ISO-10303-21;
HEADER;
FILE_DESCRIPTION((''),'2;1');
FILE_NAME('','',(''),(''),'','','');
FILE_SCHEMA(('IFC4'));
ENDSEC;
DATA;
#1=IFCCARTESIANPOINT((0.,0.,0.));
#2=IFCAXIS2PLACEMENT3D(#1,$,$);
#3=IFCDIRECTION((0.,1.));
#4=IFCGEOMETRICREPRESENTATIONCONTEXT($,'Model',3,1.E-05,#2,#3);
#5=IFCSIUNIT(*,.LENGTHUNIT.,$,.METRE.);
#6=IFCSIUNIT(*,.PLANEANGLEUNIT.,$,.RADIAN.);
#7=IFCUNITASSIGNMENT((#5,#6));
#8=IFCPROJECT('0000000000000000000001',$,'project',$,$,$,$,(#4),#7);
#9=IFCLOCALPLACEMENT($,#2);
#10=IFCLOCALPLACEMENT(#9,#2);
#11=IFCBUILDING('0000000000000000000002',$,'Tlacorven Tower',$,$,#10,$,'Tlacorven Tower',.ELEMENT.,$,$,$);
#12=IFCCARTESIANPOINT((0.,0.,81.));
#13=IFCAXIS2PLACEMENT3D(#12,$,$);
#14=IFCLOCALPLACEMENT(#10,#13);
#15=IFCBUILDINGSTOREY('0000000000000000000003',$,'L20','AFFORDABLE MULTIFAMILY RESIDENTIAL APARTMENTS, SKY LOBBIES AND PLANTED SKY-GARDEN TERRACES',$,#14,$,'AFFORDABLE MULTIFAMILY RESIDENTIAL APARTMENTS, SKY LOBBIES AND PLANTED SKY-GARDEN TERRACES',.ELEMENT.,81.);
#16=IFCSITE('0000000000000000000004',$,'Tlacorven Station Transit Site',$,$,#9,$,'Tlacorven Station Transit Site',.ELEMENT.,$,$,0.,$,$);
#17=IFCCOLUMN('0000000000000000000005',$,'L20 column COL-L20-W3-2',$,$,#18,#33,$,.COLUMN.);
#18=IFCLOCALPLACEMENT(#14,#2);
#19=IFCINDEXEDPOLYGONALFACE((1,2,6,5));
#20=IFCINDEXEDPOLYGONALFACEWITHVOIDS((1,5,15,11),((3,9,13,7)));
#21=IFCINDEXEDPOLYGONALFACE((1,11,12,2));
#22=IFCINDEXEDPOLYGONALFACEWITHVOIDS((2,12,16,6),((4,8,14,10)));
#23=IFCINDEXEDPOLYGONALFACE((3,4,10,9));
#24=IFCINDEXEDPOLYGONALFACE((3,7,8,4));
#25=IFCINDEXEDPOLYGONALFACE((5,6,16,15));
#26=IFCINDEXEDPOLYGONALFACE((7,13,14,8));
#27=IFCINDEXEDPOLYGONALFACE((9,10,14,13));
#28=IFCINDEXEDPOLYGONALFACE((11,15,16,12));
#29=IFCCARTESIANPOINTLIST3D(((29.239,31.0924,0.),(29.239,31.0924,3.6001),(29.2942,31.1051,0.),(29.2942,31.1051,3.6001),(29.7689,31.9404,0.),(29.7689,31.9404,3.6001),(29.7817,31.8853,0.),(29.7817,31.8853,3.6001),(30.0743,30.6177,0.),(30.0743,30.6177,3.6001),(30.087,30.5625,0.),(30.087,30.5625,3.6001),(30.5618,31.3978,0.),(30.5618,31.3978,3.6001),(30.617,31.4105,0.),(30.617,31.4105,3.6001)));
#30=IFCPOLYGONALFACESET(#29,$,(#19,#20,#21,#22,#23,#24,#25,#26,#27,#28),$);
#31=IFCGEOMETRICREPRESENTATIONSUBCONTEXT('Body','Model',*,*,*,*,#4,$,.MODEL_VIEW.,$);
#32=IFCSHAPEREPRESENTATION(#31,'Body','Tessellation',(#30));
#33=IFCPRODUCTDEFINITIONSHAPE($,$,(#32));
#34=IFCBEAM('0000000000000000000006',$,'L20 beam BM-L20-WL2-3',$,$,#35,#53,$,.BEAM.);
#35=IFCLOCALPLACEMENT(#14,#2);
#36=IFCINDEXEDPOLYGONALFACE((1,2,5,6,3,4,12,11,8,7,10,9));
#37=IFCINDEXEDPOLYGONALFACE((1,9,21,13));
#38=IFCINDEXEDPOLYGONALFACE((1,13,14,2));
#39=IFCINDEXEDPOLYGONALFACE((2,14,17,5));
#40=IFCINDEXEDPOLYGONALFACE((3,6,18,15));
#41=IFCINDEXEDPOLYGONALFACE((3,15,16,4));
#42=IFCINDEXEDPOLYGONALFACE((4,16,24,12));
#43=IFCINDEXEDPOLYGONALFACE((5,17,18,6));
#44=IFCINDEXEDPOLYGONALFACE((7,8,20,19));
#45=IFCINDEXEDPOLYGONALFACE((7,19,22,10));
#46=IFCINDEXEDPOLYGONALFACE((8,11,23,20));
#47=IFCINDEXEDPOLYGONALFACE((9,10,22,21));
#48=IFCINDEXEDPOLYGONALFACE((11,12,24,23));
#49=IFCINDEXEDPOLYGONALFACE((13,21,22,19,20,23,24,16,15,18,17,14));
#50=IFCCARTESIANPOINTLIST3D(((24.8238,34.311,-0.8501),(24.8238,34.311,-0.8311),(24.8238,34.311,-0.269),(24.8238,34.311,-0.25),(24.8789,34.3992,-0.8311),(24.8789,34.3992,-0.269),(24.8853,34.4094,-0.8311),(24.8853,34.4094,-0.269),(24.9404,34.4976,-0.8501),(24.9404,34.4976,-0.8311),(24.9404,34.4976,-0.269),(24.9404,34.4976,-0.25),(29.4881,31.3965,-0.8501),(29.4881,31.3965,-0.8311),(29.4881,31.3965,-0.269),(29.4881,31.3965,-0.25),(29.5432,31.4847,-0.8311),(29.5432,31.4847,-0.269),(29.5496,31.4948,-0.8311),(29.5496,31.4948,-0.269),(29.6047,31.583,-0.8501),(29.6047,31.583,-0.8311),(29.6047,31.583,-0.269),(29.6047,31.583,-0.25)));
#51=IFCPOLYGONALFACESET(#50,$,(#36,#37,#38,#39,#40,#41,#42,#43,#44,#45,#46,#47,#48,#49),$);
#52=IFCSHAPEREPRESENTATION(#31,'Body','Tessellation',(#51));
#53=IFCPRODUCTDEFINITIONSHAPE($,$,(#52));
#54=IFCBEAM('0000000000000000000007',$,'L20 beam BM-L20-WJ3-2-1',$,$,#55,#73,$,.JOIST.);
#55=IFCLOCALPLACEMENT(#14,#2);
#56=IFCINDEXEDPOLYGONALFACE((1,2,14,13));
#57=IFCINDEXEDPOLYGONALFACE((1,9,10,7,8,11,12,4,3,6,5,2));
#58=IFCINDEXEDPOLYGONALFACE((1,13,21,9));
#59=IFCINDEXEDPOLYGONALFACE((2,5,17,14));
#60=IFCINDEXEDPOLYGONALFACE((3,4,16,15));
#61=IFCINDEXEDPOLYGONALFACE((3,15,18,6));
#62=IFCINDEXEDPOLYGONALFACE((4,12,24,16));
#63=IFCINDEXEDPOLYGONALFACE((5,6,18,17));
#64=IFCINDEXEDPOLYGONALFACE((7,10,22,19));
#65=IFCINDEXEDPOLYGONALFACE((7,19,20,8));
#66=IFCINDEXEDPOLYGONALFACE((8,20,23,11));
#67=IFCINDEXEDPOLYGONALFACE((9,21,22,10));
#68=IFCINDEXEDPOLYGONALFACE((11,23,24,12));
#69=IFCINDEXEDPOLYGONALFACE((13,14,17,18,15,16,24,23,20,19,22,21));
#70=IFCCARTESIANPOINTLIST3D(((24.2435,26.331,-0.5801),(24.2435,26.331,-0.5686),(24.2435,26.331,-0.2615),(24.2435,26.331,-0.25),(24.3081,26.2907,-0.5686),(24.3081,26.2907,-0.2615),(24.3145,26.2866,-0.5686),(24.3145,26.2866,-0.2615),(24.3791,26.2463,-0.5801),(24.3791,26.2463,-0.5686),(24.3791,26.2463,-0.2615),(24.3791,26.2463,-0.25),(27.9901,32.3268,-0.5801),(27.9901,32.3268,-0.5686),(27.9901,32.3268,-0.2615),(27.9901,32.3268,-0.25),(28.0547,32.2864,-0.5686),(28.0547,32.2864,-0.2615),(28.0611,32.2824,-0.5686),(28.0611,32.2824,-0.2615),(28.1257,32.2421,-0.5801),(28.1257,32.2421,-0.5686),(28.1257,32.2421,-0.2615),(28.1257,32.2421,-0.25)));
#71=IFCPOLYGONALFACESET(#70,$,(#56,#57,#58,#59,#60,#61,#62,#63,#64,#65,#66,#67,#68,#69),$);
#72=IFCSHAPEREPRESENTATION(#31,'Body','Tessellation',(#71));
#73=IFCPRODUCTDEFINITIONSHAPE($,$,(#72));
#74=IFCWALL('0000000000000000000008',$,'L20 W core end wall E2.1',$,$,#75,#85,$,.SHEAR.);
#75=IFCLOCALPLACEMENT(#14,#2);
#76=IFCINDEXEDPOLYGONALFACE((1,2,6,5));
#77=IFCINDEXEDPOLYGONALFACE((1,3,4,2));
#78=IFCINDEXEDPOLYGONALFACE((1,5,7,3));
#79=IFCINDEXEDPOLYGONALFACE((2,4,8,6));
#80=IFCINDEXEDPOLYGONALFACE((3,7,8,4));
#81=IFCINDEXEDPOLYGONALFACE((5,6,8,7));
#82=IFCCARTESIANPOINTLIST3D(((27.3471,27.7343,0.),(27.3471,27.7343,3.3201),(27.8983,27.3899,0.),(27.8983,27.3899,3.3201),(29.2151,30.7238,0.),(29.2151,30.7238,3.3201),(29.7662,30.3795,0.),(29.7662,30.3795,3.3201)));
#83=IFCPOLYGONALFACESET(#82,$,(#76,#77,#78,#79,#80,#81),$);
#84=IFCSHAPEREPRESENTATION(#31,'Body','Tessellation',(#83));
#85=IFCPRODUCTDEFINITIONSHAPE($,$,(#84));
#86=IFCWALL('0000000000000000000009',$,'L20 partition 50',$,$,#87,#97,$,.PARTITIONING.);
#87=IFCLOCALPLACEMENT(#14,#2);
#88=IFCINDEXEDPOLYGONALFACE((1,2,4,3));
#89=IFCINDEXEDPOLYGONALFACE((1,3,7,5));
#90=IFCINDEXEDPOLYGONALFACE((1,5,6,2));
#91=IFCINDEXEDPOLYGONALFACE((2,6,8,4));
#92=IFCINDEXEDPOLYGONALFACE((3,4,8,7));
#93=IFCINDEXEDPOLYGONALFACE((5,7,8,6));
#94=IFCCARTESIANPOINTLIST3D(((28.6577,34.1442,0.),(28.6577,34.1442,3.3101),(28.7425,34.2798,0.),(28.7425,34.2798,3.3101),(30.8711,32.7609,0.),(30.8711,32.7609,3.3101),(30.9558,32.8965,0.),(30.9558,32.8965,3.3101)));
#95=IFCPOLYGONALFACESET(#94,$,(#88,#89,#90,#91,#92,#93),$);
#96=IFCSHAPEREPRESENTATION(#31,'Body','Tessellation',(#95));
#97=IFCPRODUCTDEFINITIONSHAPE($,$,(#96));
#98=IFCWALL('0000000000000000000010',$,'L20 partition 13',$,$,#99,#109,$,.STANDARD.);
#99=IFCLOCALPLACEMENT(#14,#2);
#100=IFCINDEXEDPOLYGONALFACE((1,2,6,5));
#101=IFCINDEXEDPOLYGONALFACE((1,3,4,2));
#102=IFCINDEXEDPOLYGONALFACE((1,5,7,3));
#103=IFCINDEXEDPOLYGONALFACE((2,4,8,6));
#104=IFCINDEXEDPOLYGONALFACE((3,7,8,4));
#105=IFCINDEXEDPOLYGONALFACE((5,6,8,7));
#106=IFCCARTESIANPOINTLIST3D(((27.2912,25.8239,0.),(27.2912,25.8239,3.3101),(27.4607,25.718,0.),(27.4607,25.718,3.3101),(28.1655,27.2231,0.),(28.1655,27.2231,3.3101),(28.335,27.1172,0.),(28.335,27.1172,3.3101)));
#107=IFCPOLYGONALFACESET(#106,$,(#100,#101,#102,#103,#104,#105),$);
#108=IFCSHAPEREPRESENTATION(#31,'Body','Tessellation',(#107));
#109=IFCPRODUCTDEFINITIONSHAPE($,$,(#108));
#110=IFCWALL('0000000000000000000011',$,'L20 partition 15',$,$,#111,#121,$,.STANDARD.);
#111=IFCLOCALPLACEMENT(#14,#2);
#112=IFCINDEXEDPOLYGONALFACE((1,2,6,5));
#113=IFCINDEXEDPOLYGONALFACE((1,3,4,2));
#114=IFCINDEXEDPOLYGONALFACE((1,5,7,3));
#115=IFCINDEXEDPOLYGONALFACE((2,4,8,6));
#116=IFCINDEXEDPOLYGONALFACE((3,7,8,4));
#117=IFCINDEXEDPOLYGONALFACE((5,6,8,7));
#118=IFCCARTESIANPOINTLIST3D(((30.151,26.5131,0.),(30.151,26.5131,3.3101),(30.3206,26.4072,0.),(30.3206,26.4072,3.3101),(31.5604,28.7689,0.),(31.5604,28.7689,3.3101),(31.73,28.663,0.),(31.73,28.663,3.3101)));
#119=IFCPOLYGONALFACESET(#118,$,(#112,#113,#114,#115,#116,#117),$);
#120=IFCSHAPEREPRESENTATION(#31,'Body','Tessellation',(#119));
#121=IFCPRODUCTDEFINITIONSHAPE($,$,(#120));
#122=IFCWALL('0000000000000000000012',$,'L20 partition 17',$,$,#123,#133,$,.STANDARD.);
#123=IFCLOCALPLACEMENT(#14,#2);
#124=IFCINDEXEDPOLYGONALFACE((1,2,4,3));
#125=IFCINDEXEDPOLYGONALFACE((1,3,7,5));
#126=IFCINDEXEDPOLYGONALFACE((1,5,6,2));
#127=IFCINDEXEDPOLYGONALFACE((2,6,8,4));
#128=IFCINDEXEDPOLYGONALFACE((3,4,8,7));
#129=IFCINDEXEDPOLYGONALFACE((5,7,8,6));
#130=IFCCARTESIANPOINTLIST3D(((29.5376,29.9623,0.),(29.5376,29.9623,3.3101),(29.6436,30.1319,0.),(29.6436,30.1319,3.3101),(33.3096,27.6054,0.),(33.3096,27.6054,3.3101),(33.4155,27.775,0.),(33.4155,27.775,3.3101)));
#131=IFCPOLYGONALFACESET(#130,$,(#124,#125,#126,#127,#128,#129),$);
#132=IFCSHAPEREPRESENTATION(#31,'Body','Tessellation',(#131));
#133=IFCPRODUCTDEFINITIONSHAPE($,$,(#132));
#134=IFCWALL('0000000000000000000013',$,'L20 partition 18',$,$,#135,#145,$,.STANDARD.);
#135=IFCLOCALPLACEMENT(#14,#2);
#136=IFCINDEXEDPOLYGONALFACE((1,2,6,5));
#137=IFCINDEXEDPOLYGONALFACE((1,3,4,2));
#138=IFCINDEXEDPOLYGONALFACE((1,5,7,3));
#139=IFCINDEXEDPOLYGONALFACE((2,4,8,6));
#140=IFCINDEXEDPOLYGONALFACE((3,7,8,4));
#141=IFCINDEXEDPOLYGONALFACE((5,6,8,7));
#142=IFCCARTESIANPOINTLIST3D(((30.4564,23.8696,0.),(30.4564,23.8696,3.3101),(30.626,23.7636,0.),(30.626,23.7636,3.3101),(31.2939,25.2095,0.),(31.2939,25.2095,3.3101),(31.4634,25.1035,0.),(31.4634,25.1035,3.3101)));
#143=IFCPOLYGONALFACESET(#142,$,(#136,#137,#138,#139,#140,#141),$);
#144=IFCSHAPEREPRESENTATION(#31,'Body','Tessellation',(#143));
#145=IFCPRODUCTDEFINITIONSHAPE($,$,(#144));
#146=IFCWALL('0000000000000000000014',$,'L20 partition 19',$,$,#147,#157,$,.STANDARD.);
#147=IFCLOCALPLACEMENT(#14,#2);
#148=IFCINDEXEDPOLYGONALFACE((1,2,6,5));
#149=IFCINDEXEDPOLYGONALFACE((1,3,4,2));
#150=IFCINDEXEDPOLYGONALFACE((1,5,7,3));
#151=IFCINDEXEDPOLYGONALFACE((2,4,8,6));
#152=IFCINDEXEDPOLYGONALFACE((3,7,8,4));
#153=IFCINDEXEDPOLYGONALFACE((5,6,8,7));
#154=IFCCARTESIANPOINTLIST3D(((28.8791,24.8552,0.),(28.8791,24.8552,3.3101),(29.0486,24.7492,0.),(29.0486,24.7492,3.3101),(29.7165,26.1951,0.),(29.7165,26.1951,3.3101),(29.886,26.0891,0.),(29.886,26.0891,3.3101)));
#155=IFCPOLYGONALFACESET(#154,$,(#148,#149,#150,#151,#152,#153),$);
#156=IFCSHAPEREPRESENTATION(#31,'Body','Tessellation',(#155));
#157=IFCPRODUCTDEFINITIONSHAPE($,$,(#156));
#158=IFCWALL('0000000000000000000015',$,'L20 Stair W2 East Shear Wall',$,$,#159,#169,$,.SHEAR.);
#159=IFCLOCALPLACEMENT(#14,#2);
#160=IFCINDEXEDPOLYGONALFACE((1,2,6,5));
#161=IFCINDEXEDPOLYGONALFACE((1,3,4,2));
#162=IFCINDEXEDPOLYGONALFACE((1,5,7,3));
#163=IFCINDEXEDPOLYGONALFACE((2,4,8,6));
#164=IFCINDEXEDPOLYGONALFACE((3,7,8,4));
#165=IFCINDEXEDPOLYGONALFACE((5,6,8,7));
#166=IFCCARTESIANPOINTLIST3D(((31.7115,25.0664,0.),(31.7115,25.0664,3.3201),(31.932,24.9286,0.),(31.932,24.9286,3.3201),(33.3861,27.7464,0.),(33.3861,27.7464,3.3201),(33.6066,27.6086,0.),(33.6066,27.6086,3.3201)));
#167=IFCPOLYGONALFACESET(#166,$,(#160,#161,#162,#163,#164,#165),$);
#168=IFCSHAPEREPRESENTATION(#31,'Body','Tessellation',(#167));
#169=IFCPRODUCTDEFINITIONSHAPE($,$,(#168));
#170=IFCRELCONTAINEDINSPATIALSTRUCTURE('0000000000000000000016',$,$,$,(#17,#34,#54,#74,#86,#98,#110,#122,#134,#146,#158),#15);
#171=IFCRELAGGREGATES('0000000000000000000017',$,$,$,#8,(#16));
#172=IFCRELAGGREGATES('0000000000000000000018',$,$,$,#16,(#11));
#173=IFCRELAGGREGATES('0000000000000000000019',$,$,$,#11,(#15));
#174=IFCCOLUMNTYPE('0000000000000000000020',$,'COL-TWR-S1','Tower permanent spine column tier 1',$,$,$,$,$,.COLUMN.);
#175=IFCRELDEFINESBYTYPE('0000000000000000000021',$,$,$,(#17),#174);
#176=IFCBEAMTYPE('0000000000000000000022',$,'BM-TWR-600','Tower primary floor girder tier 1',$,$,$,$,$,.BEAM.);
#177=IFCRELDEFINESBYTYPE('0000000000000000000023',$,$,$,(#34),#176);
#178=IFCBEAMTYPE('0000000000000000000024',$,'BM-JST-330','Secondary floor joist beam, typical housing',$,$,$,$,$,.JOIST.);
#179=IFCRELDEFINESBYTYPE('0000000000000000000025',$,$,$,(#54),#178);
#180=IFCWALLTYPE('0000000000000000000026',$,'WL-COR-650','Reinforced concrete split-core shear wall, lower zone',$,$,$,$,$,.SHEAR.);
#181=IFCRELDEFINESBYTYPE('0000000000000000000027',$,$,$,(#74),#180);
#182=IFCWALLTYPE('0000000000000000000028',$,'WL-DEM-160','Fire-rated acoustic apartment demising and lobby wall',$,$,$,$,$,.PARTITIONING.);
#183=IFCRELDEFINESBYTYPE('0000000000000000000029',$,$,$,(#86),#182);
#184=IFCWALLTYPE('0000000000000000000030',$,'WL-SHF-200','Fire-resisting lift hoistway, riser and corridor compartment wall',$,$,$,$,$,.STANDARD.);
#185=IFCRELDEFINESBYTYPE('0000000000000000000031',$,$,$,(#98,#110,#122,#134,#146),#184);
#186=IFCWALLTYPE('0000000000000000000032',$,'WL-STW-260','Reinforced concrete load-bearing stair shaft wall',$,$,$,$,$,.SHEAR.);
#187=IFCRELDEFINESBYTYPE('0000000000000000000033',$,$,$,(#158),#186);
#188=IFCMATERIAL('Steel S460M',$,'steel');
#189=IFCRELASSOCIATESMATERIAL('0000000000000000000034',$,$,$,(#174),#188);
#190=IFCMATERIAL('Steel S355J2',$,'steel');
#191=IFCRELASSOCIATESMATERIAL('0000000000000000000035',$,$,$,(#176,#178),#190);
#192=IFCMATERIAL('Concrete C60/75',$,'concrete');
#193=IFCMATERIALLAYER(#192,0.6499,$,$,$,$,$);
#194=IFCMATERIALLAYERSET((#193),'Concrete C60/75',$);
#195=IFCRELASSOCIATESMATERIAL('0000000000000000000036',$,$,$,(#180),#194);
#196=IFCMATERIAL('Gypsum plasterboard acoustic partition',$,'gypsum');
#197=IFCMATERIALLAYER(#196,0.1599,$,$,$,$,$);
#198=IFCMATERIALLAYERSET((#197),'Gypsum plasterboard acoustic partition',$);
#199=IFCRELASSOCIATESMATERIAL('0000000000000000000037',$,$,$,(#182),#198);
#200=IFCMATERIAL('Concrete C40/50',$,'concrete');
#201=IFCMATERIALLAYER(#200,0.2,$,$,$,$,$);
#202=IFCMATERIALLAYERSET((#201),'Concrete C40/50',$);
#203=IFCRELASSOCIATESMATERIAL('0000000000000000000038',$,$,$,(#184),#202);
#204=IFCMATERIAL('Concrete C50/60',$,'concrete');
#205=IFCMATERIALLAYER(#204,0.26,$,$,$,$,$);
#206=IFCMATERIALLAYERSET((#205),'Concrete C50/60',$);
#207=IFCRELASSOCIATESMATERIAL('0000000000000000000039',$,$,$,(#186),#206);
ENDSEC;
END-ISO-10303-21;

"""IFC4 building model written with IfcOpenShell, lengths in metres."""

from ifc_helpers import new_model, si_unit, direction, frame, frame_2d, origin, origin_2d, place, context, subcontext, project, spatial, rectangle, hollow_rectangle, i_section, extrude, source, transform, mapped, material, layer, layer_set, material_profile, profile_set, type_object, element, save


model = new_model("IFC4")

# Units and contexts
model_context = context("Model", 3, precision=1e-05, world=origin(), true_north=direction((0.0, 1.0)))
body_context = subcontext(model_context, "Body", "Model", "MODEL_VIEW")
ifc_project = project(units=[si_unit("LENGTHUNIT", "METRE"), si_unit("PLANEANGLEUNIT", "RADIAN")], contexts=[model_context])

# Site, building, storey
site_placement = place(None, origin())
site = spatial("IfcSite", under=ifc_project, at=site_placement, Name="Tlacorven Station Transit Site", LongName="Tlacorven Station Transit Site", CompositionType="ELEMENT", RefElevation=0.0)
building_placement = place(site_placement, origin())
building = spatial("IfcBuilding", under=site, at=building_placement, Name="Tlacorven Tower", LongName="Tlacorven Tower", CompositionType="ELEMENT")
storey_placement = place(building_placement, frame((0.0, 0.0, 81.0)))
storey = spatial("IfcBuildingStorey", under=building, at=storey_placement, Name="L20", Description="AFFORDABLE MULTIFAMILY RESIDENTIAL APARTMENTS, SKY LOBBIES AND PLANTED SKY-GARDEN TERRACES", LongName="AFFORDABLE MULTIFAMILY RESIDENTIAL APARTMENTS, SKY LOBBIES AND PLANTED SKY-GARDEN TERRACES", CompositionType="ELEMENT", Elevation=81.0)

# Column
ifc_material_1 = material(Name="Steel S460M", Category="steel")
ifc_material_profile_1 = material_profile(ifc_material_1, hollow_rectangle(XDim=1.0, YDim=1.0, WallThickness=0.04, at=origin_2d()), Name="BOX 1000X1000X40")
ifc_profile_set_1 = profile_set([ifc_material_profile_1], Name="Steel S460M")
column_type = type_object("IfcColumnType", Name="COL-TWR-S1", Description="Tower permanent spine column tier 1", PredefinedType="COLUMN", material=ifc_profile_set_1)
shared_shape_1 = source(origin(), body_context, "Body", "SweptSolid", [
    extrude(hollow_rectangle(XDim=1.0, YDim=1.0, WallThickness=0.04, at=origin_2d()), origin(), (0.0, 0.0, 1.0), 3.6001),
])
column_placement = place(storey_placement, frame((29.928, 31.2515, 0.0), z_axis=(0.0, 0.0, 1.0), x_axis=(-0.848048, 0.529919, 0.0)))
element("IfcColumn", 1, at=column_placement, inside=storey, type_object=column_type, Name="L20 column COL-L20-W3-2", PredefinedType="COLUMN", context=body_context, shape_type="MappedRepresentation", body=[
    mapped(shared_shape_1, transform((0.0, 0.0, 0.0), scale=1.0)),
])

# Beams
ifc_material_2 = material(Name="Steel S355J2", Category="steel")
ifc_material_profile_2 = material_profile(ifc_material_2, i_section(OverallWidth=0.22, OverallDepth=0.6001, WebThickness=0.012, FlangeThickness=0.019, at=origin_2d()), Name="IPE 600")
ifc_profile_set_2 = profile_set([ifc_material_profile_2], Name="Steel S355J2")
beam_type_1 = type_object("IfcBeamType", Name="BM-TWR-600", Description="Tower primary floor girder tier 1", PredefinedType="BEAM", material=ifc_profile_set_2)
shared_shape_2 = source(origin(), body_context, "Body", "SweptSolid", [
    extrude(i_section(OverallWidth=0.22, OverallDepth=0.6001, WebThickness=0.012, FlangeThickness=0.019, at=origin_2d()), origin(), (0.0, 0.0, 1.0), 5.5),
])
beam_1_placement = place(storey_placement, frame((29.5464, 31.4897, -0.55), z_axis=(-0.848051, 0.529915, 0.0), x_axis=(-0.529915, -0.848051, 0.0)))
element("IfcBeam", 2, at=beam_1_placement, inside=storey, type_object=beam_type_1, Name="L20 beam BM-L20-WL2-3", PredefinedType="BEAM", context=body_context, shape_type="MappedRepresentation", body=[
    mapped(shared_shape_2, transform((0.0, 0.0, 0.0), scale=1.0)),
])
ifc_material_profile_3 = material_profile(ifc_material_2, i_section(OverallWidth=0.1599, OverallDepth=0.3301, WebThickness=0.0076, FlangeThickness=0.0115, at=origin_2d()), Name="IPE 330")
ifc_profile_set_3 = profile_set([ifc_material_profile_3], Name="Steel S355J2")
beam_type_2 = type_object("IfcBeamType", Name="BM-JST-330", Description="Secondary floor joist beam, typical housing", PredefinedType="JOIST", material=ifc_profile_set_3)
shared_shape_3 = source(origin(), body_context, "Body", "SweptSolid", [
    extrude(i_section(OverallWidth=0.1599, OverallDepth=0.3301, WebThickness=0.0076, FlangeThickness=0.0115, at=origin_2d()), origin(), (0.0, 0.0, 1.0), 7.0701),
])
beam_2_placement = place(storey_placement, frame((28.0579, 32.2844, -0.415), z_axis=(-0.529915, -0.848051, 0.0), x_axis=(0.848051, -0.529915, 0.0)))
element("IfcBeam", 3, at=beam_2_placement, inside=storey, type_object=beam_type_2, Name="L20 beam BM-L20-WJ3-2-1", PredefinedType="JOIST", context=body_context, shape_type="MappedRepresentation", body=[
    mapped(shared_shape_3, transform((0.0, 0.0, 0.0), scale=1.0)),
])

# Walls
ifc_material_3 = material(Name="Concrete C60/75", Category="concrete")
ifc_layer_1 = layer(ifc_material_3, 0.6499)
ifc_layer_set_1 = layer_set([ifc_layer_1], Name="Concrete C60/75")
wall_type_1 = type_object("IfcWallType", Name="WL-COR-650", Description="Reinforced concrete split-core shear wall, lower zone", PredefinedType="SHEAR", material=ifc_layer_set_1)
wall_1_placement = place(storey_placement, frame((29.4907, 30.5518, 0.0), z_axis=(0.0, 0.0, 1.0), x_axis=(-0.529893, -0.848064, 0.0)))
element("IfcWall", 4, at=wall_1_placement, inside=storey, type_object=wall_type_1, Name="L20 W core end wall E2.1", PredefinedType="SHEAR", context=body_context, shape_type="SweptSolid", body=[
    extrude(rectangle(XDim=3.5251, YDim=0.6499, at=frame_2d((1.7627, 0.0))), origin(), (0.0, 0.0, 1.0), 3.3201),
])
ifc_material_4 = material(Name="Gypsum plasterboard acoustic partition", Category="gypsum")
ifc_layer_2 = layer(ifc_material_4, 0.1599)
ifc_layer_set_2 = layer_set([ifc_layer_2], Name="Gypsum plasterboard acoustic partition")
wall_type_2 = type_object("IfcWallType", Name="WL-DEM-160", Description="Fire-rated acoustic apartment demising and lobby wall", PredefinedType="PARTITIONING", material=ifc_layer_set_2)
wall_2_placement = place(storey_placement, frame((30.9136, 32.8286, 0.0), z_axis=(0.0, 0.0, 1.0), x_axis=(-0.848009, 0.529982, 0.0)))
element("IfcWall", 5, at=wall_2_placement, inside=storey, type_object=wall_type_2, Name="L20 partition 50", PredefinedType="PARTITIONING", context=body_context, shape_type="SweptSolid", body=[
    extrude(rectangle(XDim=2.6101, YDim=0.1599, at=frame_2d((1.3052, 0.0))), origin(), (0.0, 0.0, 1.0), 3.3101),
])
ifc_material_5 = material(Name="Concrete C40/50", Category="concrete")
ifc_layer_3 = layer(ifc_material_5, 0.2)
ifc_layer_set_3 = layer_set([ifc_layer_3], Name="Concrete C40/50")
wall_type_3 = type_object("IfcWallType", Name="WL-SHF-200", Description="Fire-resisting lift hoistway, riser and corridor compartment wall", PredefinedType="STANDARD", material=ifc_layer_set_3)
wall_3_placement = place(storey_placement, frame((28.2502, 27.1702, 0.0), z_axis=(0.0, 0.0, 1.0), x_axis=(-0.529906, -0.848056, 0.0)))
element("IfcWall", 6, at=wall_3_placement, inside=storey, type_object=wall_type_3, Name="L20 partition 13", PredefinedType="STANDARD", context=body_context, shape_type="SweptSolid", body=[
    extrude(rectangle(XDim=1.6499, YDim=0.2, at=frame_2d((0.825, 0.0))), origin(), (0.0, 0.0, 1.0), 3.3101),
])
wall_4_placement = place(storey_placement, frame((31.6453, 28.7161, 0.0), z_axis=(0.0, 0.0, 1.0), x_axis=(-0.529867, -0.848081, 0.0)))
element("IfcWall", 7, at=wall_4_placement, inside=storey, type_object=wall_type_3, Name="L20 partition 15", PredefinedType="STANDARD", context=body_context, shape_type="SweptSolid", body=[
    extrude(rectangle(XDim=2.6599, YDim=0.2, at=frame_2d((1.3301, 0.0))), origin(), (0.0, 0.0, 1.0), 3.3101),
])
wall_5_placement = place(storey_placement, frame((33.3625, 27.6902, 0.0), z_axis=(0.0, 0.0, 1.0), x_axis=(-0.848054, 0.52991, 0.0)))
element("IfcWall", 8, at=wall_5_placement, inside=storey, type_object=wall_type_3, Name="L20 partition 17", PredefinedType="STANDARD", context=body_context, shape_type="SweptSolid", body=[
    extrude(rectangle(XDim=4.4478, YDim=0.2, at=frame_2d((2.2239, 0.0))), origin(), (0.0, 0.0, 1.0), 3.3101),
])
for number, where, z_axis, x_axis, name in (
    (9, (31.3787, 25.1565, 0.0), (0.0, 0.0, 1.0), (-0.529999, -0.847998, 0.0), "L20 partition 18"),
    (10, (29.8013, 26.1421, 0.0), (0.0, 0.0, 1.0), (-0.529999, -0.847998, 0.0), "L20 partition 19"),
):
    element("IfcWall", number, at=place(storey_placement, frame(where, z_axis=z_axis, x_axis=x_axis)), inside=storey, type_object=wall_type_3, Name=name, PredefinedType="STANDARD", context=body_context, shape_type="SweptSolid", body=[
        extrude(rectangle(XDim=1.5801, YDim=0.2, at=frame_2d((0.79, 0.0))), origin(), (0.0, 0.0, 1.0), 3.3101),
    ])
ifc_material_6 = material(Name="Concrete C50/60", Category="concrete")
ifc_layer_4 = layer(ifc_material_6, 0.26)
ifc_layer_set_4 = layer_set([ifc_layer_4], Name="Concrete C50/60")
wall_type_4 = type_object("IfcWallType", Name="WL-STW-260", Description="Reinforced concrete load-bearing stair shaft wall", PredefinedType="SHEAR", material=ifc_layer_set_4)
wall_6_placement = place(storey_placement, frame((33.4963, 27.6775, 0.0), z_axis=(0.0, 0.0, 1.0), x_axis=(-0.529909, -0.848055, 0.0)))
element("IfcWall", 11, at=wall_6_placement, inside=storey, type_object=wall_type_4, Name="L20 Stair W2 East Shear Wall", PredefinedType="SHEAR", context=body_context, shape_type="SweptSolid", body=[
    extrude(rectangle(XDim=3.1602, YDim=0.26, at=frame_2d((1.5801, 0.0))), origin(), (0.0, 0.0, 1.0), 3.3201),
])

save(model, "model.ifc")
